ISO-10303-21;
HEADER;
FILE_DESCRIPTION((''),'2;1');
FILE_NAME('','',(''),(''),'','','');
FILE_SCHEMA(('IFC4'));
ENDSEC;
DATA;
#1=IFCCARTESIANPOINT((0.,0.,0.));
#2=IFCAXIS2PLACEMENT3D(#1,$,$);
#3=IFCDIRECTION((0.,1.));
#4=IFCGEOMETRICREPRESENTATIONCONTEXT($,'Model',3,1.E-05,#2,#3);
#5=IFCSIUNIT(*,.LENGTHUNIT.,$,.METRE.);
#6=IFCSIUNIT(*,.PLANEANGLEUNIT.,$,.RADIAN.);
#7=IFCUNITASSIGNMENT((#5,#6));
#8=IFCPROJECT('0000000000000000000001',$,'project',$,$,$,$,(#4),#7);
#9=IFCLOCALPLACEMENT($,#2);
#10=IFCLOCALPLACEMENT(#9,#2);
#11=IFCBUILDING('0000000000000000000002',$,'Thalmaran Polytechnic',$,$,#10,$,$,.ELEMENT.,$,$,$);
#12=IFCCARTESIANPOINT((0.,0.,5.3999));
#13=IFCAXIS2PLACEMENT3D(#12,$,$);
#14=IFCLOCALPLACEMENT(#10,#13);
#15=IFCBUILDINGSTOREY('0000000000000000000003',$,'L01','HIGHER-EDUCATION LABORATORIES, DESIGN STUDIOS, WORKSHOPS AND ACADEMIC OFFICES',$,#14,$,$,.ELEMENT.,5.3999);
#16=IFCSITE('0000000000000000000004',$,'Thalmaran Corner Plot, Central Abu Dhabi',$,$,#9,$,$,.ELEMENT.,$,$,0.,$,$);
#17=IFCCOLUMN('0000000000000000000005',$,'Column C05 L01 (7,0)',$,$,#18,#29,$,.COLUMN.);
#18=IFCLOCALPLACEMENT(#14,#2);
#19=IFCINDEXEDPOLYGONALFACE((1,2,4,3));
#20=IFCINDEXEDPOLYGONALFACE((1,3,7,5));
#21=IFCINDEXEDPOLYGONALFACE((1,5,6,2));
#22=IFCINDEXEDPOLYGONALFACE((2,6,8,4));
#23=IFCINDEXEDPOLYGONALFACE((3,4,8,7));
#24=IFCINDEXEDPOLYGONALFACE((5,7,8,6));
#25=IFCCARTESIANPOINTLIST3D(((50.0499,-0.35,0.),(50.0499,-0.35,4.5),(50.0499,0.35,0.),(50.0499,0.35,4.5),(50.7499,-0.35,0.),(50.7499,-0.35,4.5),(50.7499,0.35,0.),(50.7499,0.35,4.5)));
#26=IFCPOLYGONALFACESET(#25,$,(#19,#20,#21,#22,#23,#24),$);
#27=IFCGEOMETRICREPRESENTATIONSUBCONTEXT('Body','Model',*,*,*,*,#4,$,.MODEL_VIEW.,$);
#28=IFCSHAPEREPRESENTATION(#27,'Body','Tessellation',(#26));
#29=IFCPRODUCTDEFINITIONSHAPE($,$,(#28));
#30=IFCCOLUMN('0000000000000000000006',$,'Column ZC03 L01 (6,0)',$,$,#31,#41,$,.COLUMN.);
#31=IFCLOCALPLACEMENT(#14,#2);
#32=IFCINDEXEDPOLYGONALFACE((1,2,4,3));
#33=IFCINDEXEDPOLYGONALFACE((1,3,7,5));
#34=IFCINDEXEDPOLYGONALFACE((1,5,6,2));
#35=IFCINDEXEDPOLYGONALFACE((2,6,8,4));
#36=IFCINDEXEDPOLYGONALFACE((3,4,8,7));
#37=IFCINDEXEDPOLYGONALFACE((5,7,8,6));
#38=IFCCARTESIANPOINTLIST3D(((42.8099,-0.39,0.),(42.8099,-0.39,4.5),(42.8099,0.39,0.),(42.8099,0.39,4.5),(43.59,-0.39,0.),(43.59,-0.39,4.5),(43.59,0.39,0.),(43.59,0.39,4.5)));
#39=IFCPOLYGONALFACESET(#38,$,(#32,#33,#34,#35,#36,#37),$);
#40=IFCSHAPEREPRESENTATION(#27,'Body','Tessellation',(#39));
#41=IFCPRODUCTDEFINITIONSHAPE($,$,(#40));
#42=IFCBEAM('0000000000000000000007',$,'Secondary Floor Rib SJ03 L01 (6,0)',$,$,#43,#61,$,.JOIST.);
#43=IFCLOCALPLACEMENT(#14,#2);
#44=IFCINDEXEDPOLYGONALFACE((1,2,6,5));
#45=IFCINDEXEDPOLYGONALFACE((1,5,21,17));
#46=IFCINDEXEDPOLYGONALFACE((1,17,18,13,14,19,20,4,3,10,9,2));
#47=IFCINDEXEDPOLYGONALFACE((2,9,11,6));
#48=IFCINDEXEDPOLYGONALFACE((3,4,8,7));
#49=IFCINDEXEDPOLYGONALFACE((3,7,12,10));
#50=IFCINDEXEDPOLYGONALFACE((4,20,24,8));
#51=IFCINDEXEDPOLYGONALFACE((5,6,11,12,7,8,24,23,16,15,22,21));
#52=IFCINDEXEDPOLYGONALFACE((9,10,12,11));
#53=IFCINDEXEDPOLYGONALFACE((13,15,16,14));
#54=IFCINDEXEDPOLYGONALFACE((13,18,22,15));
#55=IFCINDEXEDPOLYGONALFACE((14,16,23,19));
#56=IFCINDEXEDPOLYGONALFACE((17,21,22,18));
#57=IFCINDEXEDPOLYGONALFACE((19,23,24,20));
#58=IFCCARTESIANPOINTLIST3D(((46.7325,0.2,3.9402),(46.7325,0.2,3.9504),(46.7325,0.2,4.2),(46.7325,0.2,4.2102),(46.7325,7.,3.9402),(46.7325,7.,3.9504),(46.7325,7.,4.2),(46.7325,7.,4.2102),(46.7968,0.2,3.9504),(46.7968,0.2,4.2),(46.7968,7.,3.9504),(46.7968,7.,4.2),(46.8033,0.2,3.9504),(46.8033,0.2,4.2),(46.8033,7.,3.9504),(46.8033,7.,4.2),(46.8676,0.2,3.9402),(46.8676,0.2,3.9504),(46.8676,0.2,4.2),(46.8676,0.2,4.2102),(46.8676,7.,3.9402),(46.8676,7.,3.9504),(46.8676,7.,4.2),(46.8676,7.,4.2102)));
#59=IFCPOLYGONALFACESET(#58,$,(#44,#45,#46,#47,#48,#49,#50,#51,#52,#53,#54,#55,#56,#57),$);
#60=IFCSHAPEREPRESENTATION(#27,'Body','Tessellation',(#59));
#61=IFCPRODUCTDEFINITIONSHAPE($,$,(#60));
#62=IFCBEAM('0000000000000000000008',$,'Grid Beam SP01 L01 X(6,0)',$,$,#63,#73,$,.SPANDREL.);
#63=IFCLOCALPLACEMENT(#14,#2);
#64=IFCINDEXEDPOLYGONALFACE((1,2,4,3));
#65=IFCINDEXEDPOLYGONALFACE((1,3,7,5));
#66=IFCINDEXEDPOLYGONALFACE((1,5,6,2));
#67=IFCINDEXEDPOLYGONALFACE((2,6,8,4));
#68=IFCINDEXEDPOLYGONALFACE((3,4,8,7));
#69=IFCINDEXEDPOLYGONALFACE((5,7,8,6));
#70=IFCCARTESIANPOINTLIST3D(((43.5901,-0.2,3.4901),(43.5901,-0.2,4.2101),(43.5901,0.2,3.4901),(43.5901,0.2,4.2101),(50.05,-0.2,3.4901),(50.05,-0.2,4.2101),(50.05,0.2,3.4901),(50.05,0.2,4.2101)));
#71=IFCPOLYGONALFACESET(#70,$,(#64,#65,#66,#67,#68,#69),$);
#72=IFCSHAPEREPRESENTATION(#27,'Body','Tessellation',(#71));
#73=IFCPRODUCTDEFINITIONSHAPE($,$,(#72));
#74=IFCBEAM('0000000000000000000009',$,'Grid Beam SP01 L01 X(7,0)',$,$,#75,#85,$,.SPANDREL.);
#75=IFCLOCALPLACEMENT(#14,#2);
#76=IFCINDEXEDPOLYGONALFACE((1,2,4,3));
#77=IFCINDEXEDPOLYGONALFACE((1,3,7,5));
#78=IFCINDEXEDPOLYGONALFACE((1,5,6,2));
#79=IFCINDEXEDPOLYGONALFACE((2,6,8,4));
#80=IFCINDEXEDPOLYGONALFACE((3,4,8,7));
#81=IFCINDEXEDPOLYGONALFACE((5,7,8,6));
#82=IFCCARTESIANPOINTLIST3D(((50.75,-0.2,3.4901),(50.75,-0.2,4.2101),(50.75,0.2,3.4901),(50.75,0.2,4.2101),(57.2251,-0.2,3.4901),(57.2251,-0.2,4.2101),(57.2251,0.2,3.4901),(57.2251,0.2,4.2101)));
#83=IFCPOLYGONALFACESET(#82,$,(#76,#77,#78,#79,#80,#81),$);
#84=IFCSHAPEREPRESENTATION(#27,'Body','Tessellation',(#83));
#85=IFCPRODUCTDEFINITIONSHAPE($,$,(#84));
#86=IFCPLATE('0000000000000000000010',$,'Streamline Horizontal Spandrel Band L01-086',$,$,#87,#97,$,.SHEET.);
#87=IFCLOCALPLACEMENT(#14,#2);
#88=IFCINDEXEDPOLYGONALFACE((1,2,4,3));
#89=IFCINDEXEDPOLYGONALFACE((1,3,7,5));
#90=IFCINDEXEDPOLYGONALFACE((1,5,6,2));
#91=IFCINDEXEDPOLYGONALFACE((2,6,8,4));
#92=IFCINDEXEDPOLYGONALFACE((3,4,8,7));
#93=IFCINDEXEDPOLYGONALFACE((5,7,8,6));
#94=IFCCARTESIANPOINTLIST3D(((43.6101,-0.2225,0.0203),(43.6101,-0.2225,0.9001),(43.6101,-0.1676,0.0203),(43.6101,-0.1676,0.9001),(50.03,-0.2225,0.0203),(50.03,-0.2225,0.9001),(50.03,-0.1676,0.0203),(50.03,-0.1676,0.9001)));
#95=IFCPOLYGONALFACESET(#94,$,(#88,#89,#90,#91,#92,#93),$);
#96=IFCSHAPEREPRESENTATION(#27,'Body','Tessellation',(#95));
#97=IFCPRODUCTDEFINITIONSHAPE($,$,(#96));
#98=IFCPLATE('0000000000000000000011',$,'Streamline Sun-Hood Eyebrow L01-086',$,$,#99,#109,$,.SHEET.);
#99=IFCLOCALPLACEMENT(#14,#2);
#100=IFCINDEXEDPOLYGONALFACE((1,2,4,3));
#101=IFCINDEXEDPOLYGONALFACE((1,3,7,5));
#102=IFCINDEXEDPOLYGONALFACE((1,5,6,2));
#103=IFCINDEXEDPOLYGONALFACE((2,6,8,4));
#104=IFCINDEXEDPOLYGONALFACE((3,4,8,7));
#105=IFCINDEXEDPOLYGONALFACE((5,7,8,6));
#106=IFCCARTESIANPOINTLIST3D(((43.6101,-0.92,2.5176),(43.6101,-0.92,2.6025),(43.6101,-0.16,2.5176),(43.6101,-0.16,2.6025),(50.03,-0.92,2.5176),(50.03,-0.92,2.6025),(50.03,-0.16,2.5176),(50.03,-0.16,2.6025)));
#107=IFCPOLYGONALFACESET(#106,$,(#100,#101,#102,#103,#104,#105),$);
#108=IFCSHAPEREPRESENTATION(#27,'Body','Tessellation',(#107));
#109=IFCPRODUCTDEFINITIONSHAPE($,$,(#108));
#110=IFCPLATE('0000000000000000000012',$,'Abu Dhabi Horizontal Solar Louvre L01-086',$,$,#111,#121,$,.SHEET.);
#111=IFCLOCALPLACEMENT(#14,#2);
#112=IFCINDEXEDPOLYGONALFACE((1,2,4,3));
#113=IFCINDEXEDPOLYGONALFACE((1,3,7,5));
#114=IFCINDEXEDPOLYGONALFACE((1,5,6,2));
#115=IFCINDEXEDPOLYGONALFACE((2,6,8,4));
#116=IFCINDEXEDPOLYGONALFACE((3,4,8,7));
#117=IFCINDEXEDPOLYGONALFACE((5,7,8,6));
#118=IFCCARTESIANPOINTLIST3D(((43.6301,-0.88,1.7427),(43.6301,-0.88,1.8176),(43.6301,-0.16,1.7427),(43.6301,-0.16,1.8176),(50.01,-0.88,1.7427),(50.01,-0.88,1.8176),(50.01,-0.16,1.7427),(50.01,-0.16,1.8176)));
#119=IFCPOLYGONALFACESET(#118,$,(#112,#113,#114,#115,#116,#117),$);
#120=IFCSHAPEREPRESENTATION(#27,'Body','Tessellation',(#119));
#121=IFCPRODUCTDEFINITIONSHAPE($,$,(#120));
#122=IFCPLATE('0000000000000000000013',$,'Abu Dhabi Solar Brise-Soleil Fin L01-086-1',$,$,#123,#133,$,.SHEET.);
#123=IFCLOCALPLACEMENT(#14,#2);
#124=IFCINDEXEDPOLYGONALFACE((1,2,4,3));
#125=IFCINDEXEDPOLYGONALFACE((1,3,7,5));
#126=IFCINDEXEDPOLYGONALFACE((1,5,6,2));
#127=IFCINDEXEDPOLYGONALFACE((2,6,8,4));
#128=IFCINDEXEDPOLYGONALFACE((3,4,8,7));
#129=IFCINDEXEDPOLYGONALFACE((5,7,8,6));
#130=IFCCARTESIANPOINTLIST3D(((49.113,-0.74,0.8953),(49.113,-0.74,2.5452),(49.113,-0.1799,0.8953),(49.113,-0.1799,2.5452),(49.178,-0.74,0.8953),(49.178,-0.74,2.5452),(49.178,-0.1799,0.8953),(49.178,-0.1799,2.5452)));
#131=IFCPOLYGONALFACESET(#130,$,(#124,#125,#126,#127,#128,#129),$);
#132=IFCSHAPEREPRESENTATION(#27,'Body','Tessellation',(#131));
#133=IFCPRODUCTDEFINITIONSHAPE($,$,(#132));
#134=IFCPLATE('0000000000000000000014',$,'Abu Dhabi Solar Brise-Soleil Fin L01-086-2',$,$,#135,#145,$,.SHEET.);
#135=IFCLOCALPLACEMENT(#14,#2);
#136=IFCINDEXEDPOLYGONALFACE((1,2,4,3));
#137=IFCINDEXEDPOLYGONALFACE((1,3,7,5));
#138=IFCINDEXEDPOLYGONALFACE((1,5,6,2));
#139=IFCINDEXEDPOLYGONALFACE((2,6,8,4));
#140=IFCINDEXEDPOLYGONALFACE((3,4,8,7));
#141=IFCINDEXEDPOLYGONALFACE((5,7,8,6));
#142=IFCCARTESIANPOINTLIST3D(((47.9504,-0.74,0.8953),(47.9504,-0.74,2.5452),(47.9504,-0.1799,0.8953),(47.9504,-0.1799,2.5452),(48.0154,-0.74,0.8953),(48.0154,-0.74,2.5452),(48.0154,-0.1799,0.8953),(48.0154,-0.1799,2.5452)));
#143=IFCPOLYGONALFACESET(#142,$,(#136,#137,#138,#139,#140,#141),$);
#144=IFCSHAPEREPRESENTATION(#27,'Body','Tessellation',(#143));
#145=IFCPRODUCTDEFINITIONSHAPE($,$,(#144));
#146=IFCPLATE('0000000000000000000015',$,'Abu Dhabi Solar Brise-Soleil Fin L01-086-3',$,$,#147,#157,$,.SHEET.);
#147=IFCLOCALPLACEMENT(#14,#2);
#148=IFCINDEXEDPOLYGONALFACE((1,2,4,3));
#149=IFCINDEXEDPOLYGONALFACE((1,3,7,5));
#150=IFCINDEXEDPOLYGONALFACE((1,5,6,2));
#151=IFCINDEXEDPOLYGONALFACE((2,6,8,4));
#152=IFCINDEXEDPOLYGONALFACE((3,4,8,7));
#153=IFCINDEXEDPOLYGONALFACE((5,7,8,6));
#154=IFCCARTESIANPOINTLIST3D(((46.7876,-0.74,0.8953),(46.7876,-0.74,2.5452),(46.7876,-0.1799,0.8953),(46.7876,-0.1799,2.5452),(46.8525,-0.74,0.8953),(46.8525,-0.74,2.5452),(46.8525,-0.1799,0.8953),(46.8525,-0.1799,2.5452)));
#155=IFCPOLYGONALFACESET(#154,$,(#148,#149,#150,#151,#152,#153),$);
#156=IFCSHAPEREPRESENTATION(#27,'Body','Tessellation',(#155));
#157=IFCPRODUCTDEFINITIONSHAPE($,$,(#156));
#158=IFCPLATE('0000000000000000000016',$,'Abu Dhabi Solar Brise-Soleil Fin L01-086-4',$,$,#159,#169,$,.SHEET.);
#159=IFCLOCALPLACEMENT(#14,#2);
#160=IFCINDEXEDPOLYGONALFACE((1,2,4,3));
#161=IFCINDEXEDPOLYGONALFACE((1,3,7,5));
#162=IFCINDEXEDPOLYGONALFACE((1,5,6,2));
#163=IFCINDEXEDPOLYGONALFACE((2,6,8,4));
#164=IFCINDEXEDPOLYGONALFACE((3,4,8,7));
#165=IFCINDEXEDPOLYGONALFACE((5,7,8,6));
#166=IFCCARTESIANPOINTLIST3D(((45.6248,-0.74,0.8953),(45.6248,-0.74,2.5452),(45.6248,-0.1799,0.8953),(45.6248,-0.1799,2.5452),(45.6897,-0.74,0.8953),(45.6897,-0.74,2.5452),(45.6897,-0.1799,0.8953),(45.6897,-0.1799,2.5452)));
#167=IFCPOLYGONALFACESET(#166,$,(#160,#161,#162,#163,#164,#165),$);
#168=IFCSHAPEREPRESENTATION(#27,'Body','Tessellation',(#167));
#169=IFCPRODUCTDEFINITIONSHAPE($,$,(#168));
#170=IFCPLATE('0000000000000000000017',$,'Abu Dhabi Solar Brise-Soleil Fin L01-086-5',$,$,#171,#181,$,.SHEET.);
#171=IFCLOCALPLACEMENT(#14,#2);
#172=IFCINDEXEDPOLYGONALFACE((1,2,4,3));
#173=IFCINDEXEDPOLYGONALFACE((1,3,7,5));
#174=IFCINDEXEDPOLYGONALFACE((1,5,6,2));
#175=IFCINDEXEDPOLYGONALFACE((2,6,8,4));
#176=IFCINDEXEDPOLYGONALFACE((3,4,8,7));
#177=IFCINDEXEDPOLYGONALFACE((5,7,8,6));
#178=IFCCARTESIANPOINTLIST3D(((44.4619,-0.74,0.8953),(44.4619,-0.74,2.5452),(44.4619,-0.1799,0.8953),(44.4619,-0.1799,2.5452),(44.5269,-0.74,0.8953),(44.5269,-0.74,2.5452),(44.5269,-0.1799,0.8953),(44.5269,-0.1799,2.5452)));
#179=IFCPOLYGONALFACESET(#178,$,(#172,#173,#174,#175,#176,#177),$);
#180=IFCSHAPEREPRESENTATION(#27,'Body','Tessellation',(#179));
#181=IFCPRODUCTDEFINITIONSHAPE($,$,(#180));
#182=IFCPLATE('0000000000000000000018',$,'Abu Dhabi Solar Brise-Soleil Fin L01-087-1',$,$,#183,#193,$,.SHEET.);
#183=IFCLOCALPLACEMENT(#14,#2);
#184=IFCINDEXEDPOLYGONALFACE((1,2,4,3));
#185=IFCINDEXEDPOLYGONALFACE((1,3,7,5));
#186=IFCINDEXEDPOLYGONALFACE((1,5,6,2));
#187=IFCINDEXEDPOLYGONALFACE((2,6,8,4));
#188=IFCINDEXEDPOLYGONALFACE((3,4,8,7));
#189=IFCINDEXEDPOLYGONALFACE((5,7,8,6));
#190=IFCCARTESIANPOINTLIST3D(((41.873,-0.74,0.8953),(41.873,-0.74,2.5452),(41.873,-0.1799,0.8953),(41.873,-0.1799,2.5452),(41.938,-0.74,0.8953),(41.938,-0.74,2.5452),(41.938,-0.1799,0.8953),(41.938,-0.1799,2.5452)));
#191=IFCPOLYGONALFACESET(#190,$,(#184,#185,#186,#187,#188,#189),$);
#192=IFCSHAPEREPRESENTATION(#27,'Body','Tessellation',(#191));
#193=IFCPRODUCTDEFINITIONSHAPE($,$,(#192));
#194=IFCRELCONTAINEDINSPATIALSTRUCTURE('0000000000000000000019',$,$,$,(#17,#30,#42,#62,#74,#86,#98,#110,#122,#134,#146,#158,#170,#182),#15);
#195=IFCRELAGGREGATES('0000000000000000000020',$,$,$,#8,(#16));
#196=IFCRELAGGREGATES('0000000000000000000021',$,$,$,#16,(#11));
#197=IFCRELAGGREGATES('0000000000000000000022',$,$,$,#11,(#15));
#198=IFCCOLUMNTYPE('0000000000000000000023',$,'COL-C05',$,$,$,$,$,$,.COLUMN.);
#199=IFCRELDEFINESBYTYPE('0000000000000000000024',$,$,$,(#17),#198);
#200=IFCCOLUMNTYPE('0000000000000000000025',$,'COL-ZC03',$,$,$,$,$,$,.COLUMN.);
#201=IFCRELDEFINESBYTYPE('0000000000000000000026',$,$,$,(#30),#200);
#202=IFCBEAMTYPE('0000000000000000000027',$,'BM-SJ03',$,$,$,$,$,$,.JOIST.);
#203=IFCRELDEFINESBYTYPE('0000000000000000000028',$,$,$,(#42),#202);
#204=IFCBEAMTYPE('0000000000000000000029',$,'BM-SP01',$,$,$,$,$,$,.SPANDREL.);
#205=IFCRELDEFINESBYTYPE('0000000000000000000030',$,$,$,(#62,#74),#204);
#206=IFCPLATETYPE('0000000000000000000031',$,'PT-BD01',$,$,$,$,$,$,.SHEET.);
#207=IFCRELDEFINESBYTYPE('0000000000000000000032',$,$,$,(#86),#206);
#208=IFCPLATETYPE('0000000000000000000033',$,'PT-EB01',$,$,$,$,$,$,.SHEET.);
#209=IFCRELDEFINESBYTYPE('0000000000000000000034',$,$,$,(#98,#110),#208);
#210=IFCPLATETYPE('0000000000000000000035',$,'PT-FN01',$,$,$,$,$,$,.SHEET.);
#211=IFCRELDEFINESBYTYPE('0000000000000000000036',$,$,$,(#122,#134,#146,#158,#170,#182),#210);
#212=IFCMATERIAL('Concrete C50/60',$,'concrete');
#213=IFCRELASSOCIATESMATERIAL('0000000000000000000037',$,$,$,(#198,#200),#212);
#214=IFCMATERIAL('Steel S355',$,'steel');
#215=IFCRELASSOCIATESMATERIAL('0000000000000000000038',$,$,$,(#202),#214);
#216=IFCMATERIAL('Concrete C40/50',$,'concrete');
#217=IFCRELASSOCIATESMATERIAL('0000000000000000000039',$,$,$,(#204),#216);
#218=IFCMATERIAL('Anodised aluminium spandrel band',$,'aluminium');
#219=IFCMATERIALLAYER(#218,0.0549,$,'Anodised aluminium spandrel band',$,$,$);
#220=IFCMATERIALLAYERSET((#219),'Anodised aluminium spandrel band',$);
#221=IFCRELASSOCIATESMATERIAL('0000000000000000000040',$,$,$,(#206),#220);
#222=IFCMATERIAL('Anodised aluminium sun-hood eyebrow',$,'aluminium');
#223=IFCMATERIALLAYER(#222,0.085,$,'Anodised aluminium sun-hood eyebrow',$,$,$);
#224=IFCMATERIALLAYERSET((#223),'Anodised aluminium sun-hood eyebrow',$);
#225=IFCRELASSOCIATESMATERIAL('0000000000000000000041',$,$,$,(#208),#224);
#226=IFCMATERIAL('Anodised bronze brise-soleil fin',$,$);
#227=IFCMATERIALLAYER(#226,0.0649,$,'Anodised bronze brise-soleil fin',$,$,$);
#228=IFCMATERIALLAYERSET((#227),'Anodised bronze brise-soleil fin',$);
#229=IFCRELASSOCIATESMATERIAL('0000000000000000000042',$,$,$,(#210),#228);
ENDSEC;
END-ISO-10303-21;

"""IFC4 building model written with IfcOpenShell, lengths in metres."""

from ifc_helpers import new_model, si_unit, direction, frame, origin, origin_2d, place, context, subcontext, project, spatial, rectangle, i_section, extrude, material, layer, layer_set, material_profile, profile_set, type_object, element, save


model = new_model("IFC4")

# Units and contexts
model_context = context("Model", 3, precision=1e-05, world=origin(), true_north=direction((0.0, 1.0)))
body_context = subcontext(model_context, "Body", "Model", "MODEL_VIEW")
ifc_project = project(units=[si_unit("LENGTHUNIT", "METRE"), si_unit("PLANEANGLEUNIT", "RADIAN")], contexts=[model_context])

# Site, building, storey
site_placement = place(None, origin())
site = spatial("IfcSite", under=ifc_project, at=site_placement, Name="Thalmaran Corner Plot, Central Abu Dhabi", CompositionType="ELEMENT", RefElevation=0.0)
building_placement = place(site_placement, origin())
building = spatial("IfcBuilding", under=site, at=building_placement, Name="Thalmaran Polytechnic", CompositionType="ELEMENT")
storey_placement = place(building_placement, frame((0.0, 0.0, 5.3999)))
storey = spatial("IfcBuildingStorey", under=building, at=storey_placement, Name="L01", Description="HIGHER-EDUCATION LABORATORIES, DESIGN STUDIOS, WORKSHOPS AND ACADEMIC OFFICES", CompositionType="ELEMENT", Elevation=5.3999)

# Columns
ifc_material_1 = material(Name="Concrete C50/60", Category="concrete")
ifc_material_profile_1 = material_profile(ifc_material_1, rectangle(XDim=0.7, YDim=0.7, at=origin_2d()), Name="RC 700x700")
ifc_profile_set_1 = profile_set([ifc_material_profile_1], Name="Concrete C50/60")
column_type_1 = type_object("IfcColumnType", Name="COL-C05", PredefinedType="COLUMN", material=ifc_profile_set_1)
column_1_placement = place(storey_placement, frame((50.3999, 0.0, 0.0), z_axis=(0.0, 0.0, 1.0), x_axis=(1.0, 0.0, 0.0)))
element("IfcColumn", 1, at=column_1_placement, inside=storey, type_object=column_type_1, Name="Column C05 L01 (7,0)", PredefinedType="COLUMN", context=body_context, shape_type="SweptSolid", body=[
    extrude(rectangle(XDim=0.7, YDim=0.7, at=origin_2d()), origin(), (0.0, 0.0, 1.0), 4.5),
])
ifc_material_profile_2 = material_profile(ifc_material_1, rectangle(XDim=0.78, YDim=0.78, at=origin_2d()), Name="RC 780x780")
ifc_profile_set_2 = profile_set([ifc_material_profile_2], Name="Concrete C50/60")
column_type_2 = type_object("IfcColumnType", Name="COL-ZC03", PredefinedType="COLUMN", material=ifc_profile_set_2)
column_2_placement = place(storey_placement, frame((43.2, 0.0, 0.0), z_axis=(0.0, 0.0, 1.0), x_axis=(1.0, 0.0, 0.0)))
element("IfcColumn", 2, at=column_2_placement, inside=storey, type_object=column_type_2, Name="Column ZC03 L01 (6,0)", PredefinedType="COLUMN", context=body_context, shape_type="SweptSolid", body=[
    extrude(rectangle(XDim=0.78, YDim=0.78, at=origin_2d()), origin(), (0.0, 0.0, 1.0), 4.5),
])

# Beams
ifc_material_2 = material(Name="Steel S355", Category="steel")
ifc_material_profile_3 = material_profile(ifc_material_2, i_section(OverallWidth=0.135, OverallDepth=0.27, WebThickness=0.0066, FlangeThickness=0.0103, at=origin_2d()), Name="IPE 270")
ifc_profile_set_3 = profile_set([ifc_material_profile_3], Name="Steel S355")
beam_type_1 = type_object("IfcBeamType", Name="BM-SJ03", PredefinedType="JOIST", material=ifc_profile_set_3)
beam_1_placement = place(storey_placement, frame((46.8, 0.2, 4.0752), z_axis=(0.0, 1.0, 0.0), x_axis=(-1.0, 0.0, 0.0)))
element("IfcBeam", 3, at=beam_1_placement, inside=storey, type_object=beam_type_1, Name="Secondary Floor Rib SJ03 L01 (6,0)", PredefinedType="JOIST", context=body_context, shape_type="SweptSolid", body=[
    extrude(i_section(OverallWidth=0.135, OverallDepth=0.27, WebThickness=0.0066, FlangeThickness=0.0103, at=origin_2d()), origin(), (0.0, 0.0, 1.0), 6.8),
])
ifc_material_3 = material(Name="Concrete C40/50", Category="concrete")
ifc_material_profile_4 = material_profile(ifc_material_3, rectangle(XDim=0.3999, YDim=0.72, at=origin_2d()), Name="RC 400x720")
ifc_profile_set_4 = profile_set([ifc_material_profile_4], Name="Concrete C40/50")
beam_type_2 = type_object("IfcBeamType", Name="BM-SP01", PredefinedType="SPANDREL", material=ifc_profile_set_4)
beam_2_placement = place(storey_placement, frame((43.5901, 0.0, 3.8501), z_axis=(1.0, 0.0, 0.0), x_axis=(0.0, 1.0, 0.0)))
element("IfcBeam", 4, at=beam_2_placement, inside=storey, type_object=beam_type_2, Name="Grid Beam SP01 L01 X(6,0)", PredefinedType="SPANDREL", context=body_context, shape_type="SweptSolid", body=[
    extrude(rectangle(XDim=0.3999, YDim=0.72, at=origin_2d()), origin(), (0.0, 0.0, 1.0), 6.46),
])
beam_3_placement = place(storey_placement, frame((50.75, 0.0, 3.8501), z_axis=(1.0, 0.0, 0.0), x_axis=(0.0, 1.0, 0.0)))
element("IfcBeam", 5, at=beam_3_placement, inside=storey, type_object=beam_type_2, Name="Grid Beam SP01 L01 X(7,0)", PredefinedType="SPANDREL", context=body_context, shape_type="SweptSolid", body=[
    extrude(rectangle(XDim=0.3999, YDim=0.72, at=origin_2d()), origin(), (0.0, 0.0, 1.0), 6.4751),
])

# Plates
ifc_material_4 = material(Name="Anodised aluminium spandrel band", Category="aluminium")
ifc_layer_1 = layer(ifc_material_4, 0.0549, Name="Anodised aluminium spandrel band")
ifc_layer_set_1 = layer_set([ifc_layer_1], Name="Anodised aluminium spandrel band")
plate_type_1 = type_object("IfcPlateType", Name="PT-BD01", PredefinedType="SHEET", material=ifc_layer_set_1)
plate_1_placement = place(storey_placement, frame((46.8201, -0.1951, 0.0203), z_axis=(0.0, 0.0, 1.0), x_axis=(-1.0, 0.0, 0.0)))
element("IfcPlate", 6, at=plate_1_placement, inside=storey, type_object=plate_type_1, Name="Streamline Horizontal Spandrel Band L01-086", PredefinedType="SHEET", context=body_context, shape_type="SweptSolid", body=[
    extrude(rectangle(XDim=6.4199, YDim=0.0549, at=origin_2d()), origin(), (0.0, 0.0, 1.0), 0.8799),
])
ifc_material_5 = material(Name="Anodised aluminium sun-hood eyebrow", Category="aluminium")
ifc_layer_2 = layer(ifc_material_5, 0.085, Name="Anodised aluminium sun-hood eyebrow")
ifc_layer_set_2 = layer_set([ifc_layer_2], Name="Anodised aluminium sun-hood eyebrow")
plate_type_2 = type_object("IfcPlateType", Name="PT-EB01", PredefinedType="SHEET", material=ifc_layer_set_2)
plate_2_placement = place(storey_placement, frame((46.8201, -0.54, 2.5176), z_axis=(0.0, 0.0, 1.0), x_axis=(-1.0, 0.0, 0.0)))
element("IfcPlate", 7, at=plate_2_placement, inside=storey, type_object=plate_type_2, Name="Streamline Sun-Hood Eyebrow L01-086", PredefinedType="SHEET", context=body_context, shape_type="SweptSolid", body=[
    extrude(rectangle(XDim=6.4199, YDim=0.76, at=origin_2d()), origin(), (0.0, 0.0, 1.0), 0.085),
])
plate_3_placement = place(storey_placement, frame((46.8201, -0.52, 1.7427), z_axis=(0.0, 0.0, 1.0), x_axis=(-1.0, 0.0, 0.0)))
element("IfcPlate", 8, at=plate_3_placement, inside=storey, type_object=plate_type_2, Name="Abu Dhabi Horizontal Solar Louvre L01-086", PredefinedType="SHEET", context=body_context, shape_type="SweptSolid", body=[
    extrude(rectangle(XDim=6.3799, YDim=0.72, at=origin_2d()), origin(), (0.0, 0.0, 1.0), 0.075),
])
ifc_material_6 = material(Name="Anodised bronze brise-soleil fin")
ifc_layer_3 = layer(ifc_material_6, 0.0649, Name="Anodised bronze brise-soleil fin")
ifc_layer_set_3 = layer_set([ifc_layer_3], Name="Anodised bronze brise-soleil fin")
plate_type_3 = type_object("IfcPlateType", Name="PT-FN01", PredefinedType="SHEET", material=ifc_layer_set_3)
for number, where, z_axis, x_axis, name in (
    (9, (49.1455, -0.46, 0.8953), (0.0, 0.0, 1.0), (-1.0, 0.0, 0.0), "Abu Dhabi Solar Brise-Soleil Fin L01-086-1"),
    (10, (47.9829, -0.46, 0.8953), (0.0, 0.0, 1.0), (-1.0, 0.0, 0.0), "Abu Dhabi Solar Brise-Soleil Fin L01-086-2"),
    (11, (46.8201, -0.46, 0.8953), (0.0, 0.0, 1.0), (-1.0, 0.0, 0.0), "Abu Dhabi Solar Brise-Soleil Fin L01-086-3"),
    (12, (45.6572, -0.46, 0.8953), (0.0, 0.0, 1.0), (-1.0, 0.0, 0.0), "Abu Dhabi Solar Brise-Soleil Fin L01-086-4"),
    (13, (44.4944, -0.46, 0.8953), (0.0, 0.0, 1.0), (-1.0, 0.0, 0.0), "Abu Dhabi Solar Brise-Soleil Fin L01-086-5"),
    (14, (41.9055, -0.46, 0.8953), (0.0, 0.0, 1.0), (-1.0, 0.0, 0.0), "Abu Dhabi Solar Brise-Soleil Fin L01-087-1"),
):
    element("IfcPlate", number, at=place(storey_placement, frame(where, z_axis=z_axis, x_axis=x_axis)), inside=storey, type_object=plate_type_3, Name=name, PredefinedType="SHEET", context=body_context, shape_type="SweptSolid", body=[
        extrude(rectangle(XDim=0.0649, YDim=0.5601, at=origin_2d()), origin(), (0.0, 0.0, 1.0), 1.6499),
    ])

save(model, "model.ifc")
